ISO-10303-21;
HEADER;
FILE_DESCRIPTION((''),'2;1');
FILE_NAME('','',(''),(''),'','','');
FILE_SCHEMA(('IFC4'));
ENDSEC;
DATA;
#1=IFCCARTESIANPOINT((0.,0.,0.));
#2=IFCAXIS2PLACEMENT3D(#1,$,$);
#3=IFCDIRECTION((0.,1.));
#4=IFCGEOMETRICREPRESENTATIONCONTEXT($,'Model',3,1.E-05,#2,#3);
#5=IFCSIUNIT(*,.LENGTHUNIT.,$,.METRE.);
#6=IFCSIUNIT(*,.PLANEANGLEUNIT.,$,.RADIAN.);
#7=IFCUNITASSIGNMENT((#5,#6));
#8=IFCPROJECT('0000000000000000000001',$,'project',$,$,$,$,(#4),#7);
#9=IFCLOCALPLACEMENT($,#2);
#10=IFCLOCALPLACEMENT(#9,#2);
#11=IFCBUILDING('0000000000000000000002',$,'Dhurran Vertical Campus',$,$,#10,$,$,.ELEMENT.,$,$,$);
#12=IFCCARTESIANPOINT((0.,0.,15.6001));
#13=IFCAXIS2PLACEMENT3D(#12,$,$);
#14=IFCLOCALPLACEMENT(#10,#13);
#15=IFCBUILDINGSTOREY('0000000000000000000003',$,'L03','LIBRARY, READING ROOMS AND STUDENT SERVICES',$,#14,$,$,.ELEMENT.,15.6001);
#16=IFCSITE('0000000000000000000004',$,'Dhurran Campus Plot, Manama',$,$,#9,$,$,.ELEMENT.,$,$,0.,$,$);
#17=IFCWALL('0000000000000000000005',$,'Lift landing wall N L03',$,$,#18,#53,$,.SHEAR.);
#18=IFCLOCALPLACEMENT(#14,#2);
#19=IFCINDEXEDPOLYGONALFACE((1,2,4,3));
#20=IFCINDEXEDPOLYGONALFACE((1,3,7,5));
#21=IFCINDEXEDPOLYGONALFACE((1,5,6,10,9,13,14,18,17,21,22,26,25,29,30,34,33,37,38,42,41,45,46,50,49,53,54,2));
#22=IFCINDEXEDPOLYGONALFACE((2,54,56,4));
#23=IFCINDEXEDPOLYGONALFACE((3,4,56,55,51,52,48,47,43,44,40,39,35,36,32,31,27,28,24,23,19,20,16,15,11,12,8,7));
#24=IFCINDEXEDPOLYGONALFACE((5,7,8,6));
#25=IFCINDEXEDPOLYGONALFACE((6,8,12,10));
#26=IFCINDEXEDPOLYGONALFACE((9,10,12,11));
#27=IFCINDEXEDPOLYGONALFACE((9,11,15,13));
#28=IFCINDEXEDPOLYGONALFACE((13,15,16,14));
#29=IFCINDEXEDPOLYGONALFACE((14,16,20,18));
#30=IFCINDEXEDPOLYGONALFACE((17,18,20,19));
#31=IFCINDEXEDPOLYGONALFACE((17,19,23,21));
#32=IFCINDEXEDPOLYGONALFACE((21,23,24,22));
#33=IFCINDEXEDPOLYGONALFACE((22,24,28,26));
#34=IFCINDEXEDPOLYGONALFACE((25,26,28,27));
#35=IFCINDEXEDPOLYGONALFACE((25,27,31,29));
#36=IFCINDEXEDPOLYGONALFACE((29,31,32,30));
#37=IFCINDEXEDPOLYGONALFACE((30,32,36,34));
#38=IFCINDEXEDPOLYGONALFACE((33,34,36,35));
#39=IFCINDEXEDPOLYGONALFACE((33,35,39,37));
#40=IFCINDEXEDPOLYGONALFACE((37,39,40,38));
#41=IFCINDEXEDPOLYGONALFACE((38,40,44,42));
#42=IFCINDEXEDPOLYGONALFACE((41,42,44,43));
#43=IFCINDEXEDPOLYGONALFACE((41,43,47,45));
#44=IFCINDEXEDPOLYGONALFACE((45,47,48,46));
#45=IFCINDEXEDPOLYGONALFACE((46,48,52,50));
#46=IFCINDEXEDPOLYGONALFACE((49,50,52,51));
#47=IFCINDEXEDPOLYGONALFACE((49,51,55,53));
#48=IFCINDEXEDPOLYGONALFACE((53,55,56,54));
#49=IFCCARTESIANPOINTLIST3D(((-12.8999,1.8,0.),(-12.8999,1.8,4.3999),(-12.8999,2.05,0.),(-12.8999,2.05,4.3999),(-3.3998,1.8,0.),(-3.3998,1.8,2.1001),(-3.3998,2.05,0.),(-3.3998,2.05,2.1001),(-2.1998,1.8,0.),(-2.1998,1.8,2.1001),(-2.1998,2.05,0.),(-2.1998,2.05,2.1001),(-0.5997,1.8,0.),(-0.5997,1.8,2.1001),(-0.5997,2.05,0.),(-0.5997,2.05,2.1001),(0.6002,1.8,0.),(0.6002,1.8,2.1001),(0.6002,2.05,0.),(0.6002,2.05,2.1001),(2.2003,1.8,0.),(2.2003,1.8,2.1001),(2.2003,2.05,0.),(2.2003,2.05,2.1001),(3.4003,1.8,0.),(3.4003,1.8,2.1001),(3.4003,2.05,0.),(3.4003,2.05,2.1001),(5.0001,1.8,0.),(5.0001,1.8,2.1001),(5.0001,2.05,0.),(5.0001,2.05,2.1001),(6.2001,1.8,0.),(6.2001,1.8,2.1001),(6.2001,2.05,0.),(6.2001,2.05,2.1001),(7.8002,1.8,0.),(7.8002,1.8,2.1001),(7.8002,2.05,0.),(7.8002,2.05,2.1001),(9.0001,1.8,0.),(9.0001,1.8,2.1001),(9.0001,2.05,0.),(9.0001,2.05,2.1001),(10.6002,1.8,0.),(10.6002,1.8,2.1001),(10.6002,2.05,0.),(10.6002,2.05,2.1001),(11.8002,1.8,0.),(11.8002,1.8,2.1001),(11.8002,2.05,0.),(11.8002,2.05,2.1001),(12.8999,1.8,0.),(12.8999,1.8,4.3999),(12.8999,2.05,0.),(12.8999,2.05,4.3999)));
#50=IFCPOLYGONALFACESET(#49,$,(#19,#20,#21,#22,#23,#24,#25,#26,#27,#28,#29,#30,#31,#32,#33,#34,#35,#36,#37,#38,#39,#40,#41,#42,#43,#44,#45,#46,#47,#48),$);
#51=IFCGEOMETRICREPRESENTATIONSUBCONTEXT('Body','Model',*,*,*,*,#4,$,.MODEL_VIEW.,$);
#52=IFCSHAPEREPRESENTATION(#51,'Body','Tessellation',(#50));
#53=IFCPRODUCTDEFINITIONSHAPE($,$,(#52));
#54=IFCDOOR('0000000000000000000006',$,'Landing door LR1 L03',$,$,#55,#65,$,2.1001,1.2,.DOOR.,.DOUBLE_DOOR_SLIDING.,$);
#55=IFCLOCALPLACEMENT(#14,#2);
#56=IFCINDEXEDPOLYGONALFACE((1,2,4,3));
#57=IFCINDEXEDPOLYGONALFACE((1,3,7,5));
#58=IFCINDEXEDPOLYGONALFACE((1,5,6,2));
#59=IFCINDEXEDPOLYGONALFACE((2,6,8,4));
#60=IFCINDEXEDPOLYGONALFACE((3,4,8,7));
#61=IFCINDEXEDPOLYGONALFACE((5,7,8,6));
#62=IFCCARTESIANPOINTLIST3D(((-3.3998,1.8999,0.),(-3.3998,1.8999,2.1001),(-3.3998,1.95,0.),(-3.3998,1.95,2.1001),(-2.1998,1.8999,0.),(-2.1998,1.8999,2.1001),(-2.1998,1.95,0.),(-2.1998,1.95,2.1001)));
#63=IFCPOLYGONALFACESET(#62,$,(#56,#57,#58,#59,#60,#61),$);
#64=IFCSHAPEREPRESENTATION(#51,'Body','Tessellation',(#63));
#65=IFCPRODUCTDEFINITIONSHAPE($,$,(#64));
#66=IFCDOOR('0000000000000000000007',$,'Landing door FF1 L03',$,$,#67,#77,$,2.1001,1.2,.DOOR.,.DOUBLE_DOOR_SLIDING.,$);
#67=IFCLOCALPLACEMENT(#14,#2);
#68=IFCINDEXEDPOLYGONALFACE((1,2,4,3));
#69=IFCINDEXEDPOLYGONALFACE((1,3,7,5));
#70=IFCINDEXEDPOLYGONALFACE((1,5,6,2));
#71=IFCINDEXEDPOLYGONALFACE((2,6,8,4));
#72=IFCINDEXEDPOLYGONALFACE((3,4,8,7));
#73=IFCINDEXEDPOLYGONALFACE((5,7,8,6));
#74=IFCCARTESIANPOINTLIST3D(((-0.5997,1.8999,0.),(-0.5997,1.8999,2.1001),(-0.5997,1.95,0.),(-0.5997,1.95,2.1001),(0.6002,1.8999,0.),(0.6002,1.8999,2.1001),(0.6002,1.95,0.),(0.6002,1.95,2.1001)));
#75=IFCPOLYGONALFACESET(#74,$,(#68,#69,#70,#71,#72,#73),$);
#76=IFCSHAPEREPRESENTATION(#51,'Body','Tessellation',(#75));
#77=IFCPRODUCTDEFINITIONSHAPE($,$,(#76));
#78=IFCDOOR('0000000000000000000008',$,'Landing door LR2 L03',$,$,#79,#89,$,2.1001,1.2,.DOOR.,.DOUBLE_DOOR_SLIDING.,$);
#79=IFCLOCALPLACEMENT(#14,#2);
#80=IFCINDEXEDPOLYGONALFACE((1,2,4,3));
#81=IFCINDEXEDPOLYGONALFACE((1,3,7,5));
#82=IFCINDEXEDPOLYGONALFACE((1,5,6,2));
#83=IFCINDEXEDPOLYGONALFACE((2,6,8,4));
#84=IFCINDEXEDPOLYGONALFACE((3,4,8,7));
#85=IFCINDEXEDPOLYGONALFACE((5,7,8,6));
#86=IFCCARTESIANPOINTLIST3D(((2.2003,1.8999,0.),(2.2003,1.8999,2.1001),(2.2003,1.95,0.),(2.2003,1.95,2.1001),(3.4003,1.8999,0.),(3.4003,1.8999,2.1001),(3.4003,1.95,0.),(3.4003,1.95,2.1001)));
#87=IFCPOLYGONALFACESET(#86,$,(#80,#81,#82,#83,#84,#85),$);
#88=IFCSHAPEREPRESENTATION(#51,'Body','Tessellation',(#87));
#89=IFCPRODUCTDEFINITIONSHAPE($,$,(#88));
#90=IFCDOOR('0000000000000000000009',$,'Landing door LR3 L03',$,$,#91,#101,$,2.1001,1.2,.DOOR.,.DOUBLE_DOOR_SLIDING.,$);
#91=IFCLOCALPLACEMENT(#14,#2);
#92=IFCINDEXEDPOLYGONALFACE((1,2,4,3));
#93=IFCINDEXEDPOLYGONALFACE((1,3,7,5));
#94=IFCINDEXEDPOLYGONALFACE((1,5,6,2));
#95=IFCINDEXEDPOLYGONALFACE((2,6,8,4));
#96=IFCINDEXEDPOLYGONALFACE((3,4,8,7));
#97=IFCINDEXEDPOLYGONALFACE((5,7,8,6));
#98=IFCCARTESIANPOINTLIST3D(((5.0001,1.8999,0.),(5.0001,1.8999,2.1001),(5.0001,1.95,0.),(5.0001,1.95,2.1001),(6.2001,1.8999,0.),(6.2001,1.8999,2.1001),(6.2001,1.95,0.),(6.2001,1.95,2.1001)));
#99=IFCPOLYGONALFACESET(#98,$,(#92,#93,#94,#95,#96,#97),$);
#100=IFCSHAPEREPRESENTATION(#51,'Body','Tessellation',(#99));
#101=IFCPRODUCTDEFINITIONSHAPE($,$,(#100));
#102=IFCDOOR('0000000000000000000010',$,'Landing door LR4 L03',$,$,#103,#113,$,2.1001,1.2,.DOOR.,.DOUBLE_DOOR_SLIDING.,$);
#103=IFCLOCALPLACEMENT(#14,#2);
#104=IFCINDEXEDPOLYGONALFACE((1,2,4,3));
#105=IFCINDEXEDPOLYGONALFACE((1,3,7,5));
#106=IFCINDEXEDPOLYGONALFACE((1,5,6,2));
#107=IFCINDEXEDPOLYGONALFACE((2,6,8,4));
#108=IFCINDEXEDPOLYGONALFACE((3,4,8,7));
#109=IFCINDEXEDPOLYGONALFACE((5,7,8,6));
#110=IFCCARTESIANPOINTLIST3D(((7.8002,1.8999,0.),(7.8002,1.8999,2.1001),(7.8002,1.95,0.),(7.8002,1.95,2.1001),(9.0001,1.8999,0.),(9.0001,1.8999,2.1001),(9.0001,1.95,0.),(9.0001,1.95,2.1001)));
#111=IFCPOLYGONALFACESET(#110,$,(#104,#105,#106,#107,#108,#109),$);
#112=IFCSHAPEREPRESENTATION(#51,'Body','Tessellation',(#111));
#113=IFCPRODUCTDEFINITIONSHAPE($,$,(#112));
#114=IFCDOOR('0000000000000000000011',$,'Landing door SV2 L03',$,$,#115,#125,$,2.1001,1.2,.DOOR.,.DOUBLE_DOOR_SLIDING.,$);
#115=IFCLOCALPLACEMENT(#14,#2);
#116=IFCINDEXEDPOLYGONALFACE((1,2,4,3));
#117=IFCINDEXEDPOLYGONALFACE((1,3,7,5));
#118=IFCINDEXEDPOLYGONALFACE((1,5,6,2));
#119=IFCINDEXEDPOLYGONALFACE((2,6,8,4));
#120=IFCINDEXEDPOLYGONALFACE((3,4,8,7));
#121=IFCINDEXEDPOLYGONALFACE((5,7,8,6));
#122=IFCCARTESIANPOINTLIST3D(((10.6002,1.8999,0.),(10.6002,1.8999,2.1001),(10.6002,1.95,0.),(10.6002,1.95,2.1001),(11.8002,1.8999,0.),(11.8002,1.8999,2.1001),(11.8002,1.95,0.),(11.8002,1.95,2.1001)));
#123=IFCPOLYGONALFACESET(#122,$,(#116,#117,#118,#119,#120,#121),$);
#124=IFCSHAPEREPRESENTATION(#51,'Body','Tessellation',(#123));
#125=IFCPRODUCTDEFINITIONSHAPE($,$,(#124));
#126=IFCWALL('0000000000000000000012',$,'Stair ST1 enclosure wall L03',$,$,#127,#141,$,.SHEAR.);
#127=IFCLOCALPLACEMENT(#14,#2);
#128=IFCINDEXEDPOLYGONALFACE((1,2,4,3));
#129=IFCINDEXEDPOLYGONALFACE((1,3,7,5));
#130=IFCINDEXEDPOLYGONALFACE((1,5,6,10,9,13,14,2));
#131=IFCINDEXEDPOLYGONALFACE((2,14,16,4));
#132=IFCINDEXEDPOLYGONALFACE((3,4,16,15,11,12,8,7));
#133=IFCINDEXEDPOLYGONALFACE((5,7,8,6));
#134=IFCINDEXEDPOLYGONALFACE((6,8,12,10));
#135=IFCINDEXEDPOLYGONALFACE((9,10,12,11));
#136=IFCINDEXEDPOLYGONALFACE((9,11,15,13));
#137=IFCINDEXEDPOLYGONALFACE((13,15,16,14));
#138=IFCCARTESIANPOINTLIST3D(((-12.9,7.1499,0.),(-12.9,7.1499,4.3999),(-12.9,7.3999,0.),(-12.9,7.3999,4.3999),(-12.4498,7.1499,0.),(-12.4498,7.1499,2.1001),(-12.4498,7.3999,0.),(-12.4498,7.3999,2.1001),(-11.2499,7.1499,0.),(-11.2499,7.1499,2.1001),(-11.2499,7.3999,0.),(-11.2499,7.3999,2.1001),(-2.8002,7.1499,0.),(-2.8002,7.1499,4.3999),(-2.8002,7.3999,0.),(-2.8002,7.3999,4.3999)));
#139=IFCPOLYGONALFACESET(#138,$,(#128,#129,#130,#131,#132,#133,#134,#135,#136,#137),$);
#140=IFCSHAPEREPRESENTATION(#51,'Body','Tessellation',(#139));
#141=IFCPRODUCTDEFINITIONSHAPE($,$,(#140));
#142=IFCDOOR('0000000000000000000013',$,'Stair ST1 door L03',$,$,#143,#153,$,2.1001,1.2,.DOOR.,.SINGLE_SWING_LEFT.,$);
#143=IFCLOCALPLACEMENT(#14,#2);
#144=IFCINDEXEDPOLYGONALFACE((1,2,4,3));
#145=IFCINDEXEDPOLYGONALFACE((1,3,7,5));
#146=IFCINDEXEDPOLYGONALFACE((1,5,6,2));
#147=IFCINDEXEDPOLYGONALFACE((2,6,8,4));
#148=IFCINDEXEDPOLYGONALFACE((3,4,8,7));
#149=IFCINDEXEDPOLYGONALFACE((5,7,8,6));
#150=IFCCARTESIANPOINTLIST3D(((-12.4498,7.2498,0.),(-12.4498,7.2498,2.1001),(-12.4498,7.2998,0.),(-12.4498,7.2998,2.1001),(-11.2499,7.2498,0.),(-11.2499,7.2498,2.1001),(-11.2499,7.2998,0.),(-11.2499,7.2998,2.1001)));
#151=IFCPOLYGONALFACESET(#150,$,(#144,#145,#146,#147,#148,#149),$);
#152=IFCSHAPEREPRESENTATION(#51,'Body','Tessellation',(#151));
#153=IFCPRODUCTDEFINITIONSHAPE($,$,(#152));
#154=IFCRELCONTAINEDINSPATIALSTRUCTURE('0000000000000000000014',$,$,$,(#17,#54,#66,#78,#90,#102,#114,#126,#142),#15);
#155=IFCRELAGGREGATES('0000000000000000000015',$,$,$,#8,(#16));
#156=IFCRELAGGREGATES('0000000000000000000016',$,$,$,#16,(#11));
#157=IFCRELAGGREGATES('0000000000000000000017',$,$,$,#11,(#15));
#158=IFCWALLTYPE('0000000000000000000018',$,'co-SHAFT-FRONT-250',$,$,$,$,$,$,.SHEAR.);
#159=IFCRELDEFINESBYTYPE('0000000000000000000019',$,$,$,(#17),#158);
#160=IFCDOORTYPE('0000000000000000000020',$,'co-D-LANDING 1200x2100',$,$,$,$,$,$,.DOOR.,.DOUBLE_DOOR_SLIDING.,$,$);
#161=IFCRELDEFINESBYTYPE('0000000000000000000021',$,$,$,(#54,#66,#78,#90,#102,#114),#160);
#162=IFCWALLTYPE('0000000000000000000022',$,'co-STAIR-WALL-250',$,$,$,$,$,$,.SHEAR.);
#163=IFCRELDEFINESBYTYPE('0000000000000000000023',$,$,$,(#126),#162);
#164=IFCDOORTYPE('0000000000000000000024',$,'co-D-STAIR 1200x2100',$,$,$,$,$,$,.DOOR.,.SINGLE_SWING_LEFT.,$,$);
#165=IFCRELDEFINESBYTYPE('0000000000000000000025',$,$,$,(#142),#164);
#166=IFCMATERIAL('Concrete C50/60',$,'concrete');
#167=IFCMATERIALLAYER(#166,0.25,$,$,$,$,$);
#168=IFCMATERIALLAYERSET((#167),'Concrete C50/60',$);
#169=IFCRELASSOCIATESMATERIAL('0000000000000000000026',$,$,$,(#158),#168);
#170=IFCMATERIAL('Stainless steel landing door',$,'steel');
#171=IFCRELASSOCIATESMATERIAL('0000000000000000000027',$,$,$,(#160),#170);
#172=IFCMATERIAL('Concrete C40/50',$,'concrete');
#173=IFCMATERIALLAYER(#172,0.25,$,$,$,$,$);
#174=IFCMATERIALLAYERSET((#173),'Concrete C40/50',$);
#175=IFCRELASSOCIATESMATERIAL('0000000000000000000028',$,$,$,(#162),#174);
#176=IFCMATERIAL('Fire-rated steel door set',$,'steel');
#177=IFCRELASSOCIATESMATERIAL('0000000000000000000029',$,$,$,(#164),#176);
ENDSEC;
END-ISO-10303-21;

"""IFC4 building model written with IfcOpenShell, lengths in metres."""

from ifc_helpers import new_model, si_unit, direction, frame, frame_2d, origin, place, context, subcontext, project, spatial, rectangle, extrude, material, layer, layer_set, type_object, element, fill, save


model = new_model("IFC4")

# Units and contexts
model_context = context("Model", 3, precision=1e-05, world=origin(), true_north=direction((0.0, 1.0)))
body_context = subcontext(model_context, "Body", "Model", "MODEL_VIEW")
ifc_project = project(units=[si_unit("LENGTHUNIT", "METRE"), si_unit("PLANEANGLEUNIT", "RADIAN")], contexts=[model_context])

# Site, building, storey
site_placement = place(None, origin())
site = spatial("IfcSite", under=ifc_project, at=site_placement, Name="Dhurran Campus Plot, Manama", CompositionType="ELEMENT", RefElevation=0.0)
building_placement = place(site_placement, origin())
building = spatial("IfcBuilding", under=site, at=building_placement, Name="Dhurran Vertical Campus", CompositionType="ELEMENT")
storey_placement = place(building_placement, frame((0.0, 0.0, 15.6001)))
storey = spatial("IfcBuildingStorey", under=building, at=storey_placement, Name="L03", Description="LIBRARY, READING ROOMS AND STUDENT SERVICES", CompositionType="ELEMENT", Elevation=15.6001)

# Wall, openings, doors
ifc_material_1 = material(Name="Concrete C50/60", Category="concrete")
ifc_layer_1 = layer(ifc_material_1, 0.25)
ifc_layer_set_1 = layer_set([ifc_layer_1], Name="Concrete C50/60")
wall_type_1 = type_object("IfcWallType", Name="co-SHAFT-FRONT-250", PredefinedType="SHEAR", material=ifc_layer_set_1)
wall_1_placement = place(storey_placement, frame((-12.8999, 1.925, 0.0), z_axis=(0.0, 0.0, 1.0), x_axis=(1.0, 0.0, 0.0)))
wall_1 = element("IfcWall", 1, at=wall_1_placement, inside=storey, type_object=wall_type_1, Name="Lift landing wall N L03", PredefinedType="SHEAR", context=body_context, shape_type="SweptSolid", body=[
    extrude(rectangle(XDim=25.7998, YDim=0.25, at=frame_2d((12.8999, 0.0))), origin(), (0.0, 0.0, 1.0), 4.3999),
])
opening_1_placement = place(wall_1_placement, frame((9.5, 0.0, 0.0)))
opening_1 = element("IfcOpeningElement", 2, at=opening_1_placement, cuts=wall_1, PredefinedType="OPENING", context=body_context, shape_type="SweptSolid", body=[
    extrude(rectangle(XDim=1.2, YDim=2.1001, at=frame_2d((0.6001, 1.05))), frame((0.0, 0.135, 0.0), z_axis=(0.0, -1.0, 0.0), x_axis=(1.0, 0.0, 0.0)), (0.0, 0.0, 1.0), 0.27),
])
opening_2_placement = place(wall_1_placement, frame((12.3, 0.0, 0.0)))
opening_2 = element("IfcOpeningElement", 3, at=opening_2_placement, cuts=wall_1, PredefinedType="OPENING", context=body_context, shape_type="SweptSolid", body=[
    extrude(rectangle(XDim=1.2, YDim=2.1001, at=frame_2d((0.6001, 1.05))), frame((0.0, 0.135, 0.0), z_axis=(0.0, -1.0, 0.0), x_axis=(1.0, 0.0, 0.0)), (0.0, 0.0, 1.0), 0.27),
])
opening_3_placement = place(wall_1_placement, frame((15.1001, 0.0, 0.0)))
opening_3 = element("IfcOpeningElement", 4, at=opening_3_placement, cuts=wall_1, PredefinedType="OPENING", context=body_context, shape_type="SweptSolid", body=[
    extrude(rectangle(XDim=1.2, YDim=2.1001, at=frame_2d((0.6001, 1.05))), frame((0.0, 0.135, 0.0), z_axis=(0.0, -1.0, 0.0), x_axis=(1.0, 0.0, 0.0)), (0.0, 0.0, 1.0), 0.27),
])
opening_4_placement = place(wall_1_placement, frame((17.8999, 0.0, 0.0)))
opening_4 = element("IfcOpeningElement", 5, at=opening_4_placement, cuts=wall_1, PredefinedType="OPENING", context=body_context, shape_type="SweptSolid", body=[
    extrude(rectangle(XDim=1.2, YDim=2.1001, at=frame_2d((0.6001, 1.05))), frame((0.0, 0.135, 0.0), z_axis=(0.0, -1.0, 0.0), x_axis=(1.0, 0.0, 0.0)), (0.0, 0.0, 1.0), 0.27),
])
opening_5_placement = place(wall_1_placement, frame((20.7, 0.0, 0.0)))
opening_5 = element("IfcOpeningElement", 6, at=opening_5_placement, cuts=wall_1, PredefinedType="OPENING", context=body_context, shape_type="SweptSolid", body=[
    extrude(rectangle(XDim=1.2, YDim=2.1001, at=frame_2d((0.6001, 1.05))), frame((0.0, 0.135, 0.0), z_axis=(0.0, -1.0, 0.0), x_axis=(1.0, 0.0, 0.0)), (0.0, 0.0, 1.0), 0.27),
])
opening_6_placement = place(wall_1_placement, frame((23.5, 0.0, 0.0)))
opening_6 = element("IfcOpeningElement", 7, at=opening_6_placement, cuts=wall_1, PredefinedType="OPENING", context=body_context, shape_type="SweptSolid", body=[
    extrude(rectangle(XDim=1.2, YDim=2.1001, at=frame_2d((0.6001, 1.05))), frame((0.0, 0.135, 0.0), z_axis=(0.0, -1.0, 0.0), x_axis=(1.0, 0.0, 0.0)), (0.0, 0.0, 1.0), 0.27),
])
ifc_material_2 = material(Name="Stainless steel landing door", Category="steel")
door_type_1 = type_object("IfcDoorType", Name="co-D-LANDING 1200x2100", OperationType="DOUBLE_DOOR_SLIDING", PredefinedType="DOOR", material=ifc_material_2)
door_1_placement = place(opening_1_placement, origin())
door_1 = element("IfcDoor", 8, at=door_1_placement, inside=storey, type_object=door_type_1, Name="Landing door LR1 L03", OperationType="DOUBLE_DOOR_SLIDING", OverallHeight=2.1001, OverallWidth=1.2, PredefinedType="DOOR", context=body_context, shape_type="SweptSolid", body=[
    extrude(rectangle(XDim=1.2, YDim=2.1001, at=frame_2d((0.6001, 1.05))), frame((0.0, 0.0249, 0.0), z_axis=(0.0, -1.0, 0.0), x_axis=(1.0, 0.0, 0.0)), (0.0, 0.0, 1.0), 0.05),
])
fill(opening_1, door_1)
door_2_placement = place(opening_2_placement, origin())
door_2 = element("IfcDoor", 9, at=door_2_placement, inside=storey, type_object=door_type_1, Name="Landing door FF1 L03", OperationType="DOUBLE_DOOR_SLIDING", OverallHeight=2.1001, OverallWidth=1.2, PredefinedType="DOOR", context=body_context, shape_type="SweptSolid", body=[
    extrude(rectangle(XDim=1.2, YDim=2.1001, at=frame_2d((0.6001, 1.05))), frame((0.0, 0.0249, 0.0), z_axis=(0.0, -1.0, 0.0), x_axis=(1.0, 0.0, 0.0)), (0.0, 0.0, 1.0), 0.05),
])
fill(opening_2, door_2)
door_3_placement = place(opening_3_placement, origin())
door_3 = element("IfcDoor", 10, at=door_3_placement, inside=storey, type_object=door_type_1, Name="Landing door LR2 L03", OperationType="DOUBLE_DOOR_SLIDING", OverallHeight=2.1001, OverallWidth=1.2, PredefinedType="DOOR", context=body_context, shape_type="SweptSolid", body=[
    extrude(rectangle(XDim=1.2, YDim=2.1001, at=frame_2d((0.6001, 1.05))), frame((0.0, 0.0249, 0.0), z_axis=(0.0, -1.0, 0.0), x_axis=(1.0, 0.0, 0.0)), (0.0, 0.0, 1.0), 0.05),
])
fill(opening_3, door_3)
door_4_placement = place(opening_4_placement, origin())
door_4 = element("IfcDoor", 11, at=door_4_placement, inside=storey, type_object=door_type_1, Name="Landing door LR3 L03", OperationType="DOUBLE_DOOR_SLIDING", OverallHeight=2.1001, OverallWidth=1.2, PredefinedType="DOOR", context=body_context, shape_type="SweptSolid", body=[
    extrude(rectangle(XDim=1.2, YDim=2.1001, at=frame_2d((0.6001, 1.05))), frame((0.0, 0.0249, 0.0), z_axis=(0.0, -1.0, 0.0), x_axis=(1.0, 0.0, 0.0)), (0.0, 0.0, 1.0), 0.05),
])
fill(opening_4, door_4)
door_5_placement = place(opening_5_placement, origin())
door_5 = element("IfcDoor", 12, at=door_5_placement, inside=storey, type_object=door_type_1, Name="Landing door LR4 L03", OperationType="DOUBLE_DOOR_SLIDING", OverallHeight=2.1001, OverallWidth=1.2, PredefinedType="DOOR", context=body_context, shape_type="SweptSolid", body=[
    extrude(rectangle(XDim=1.2, YDim=2.1001, at=frame_2d((0.6001, 1.05))), frame((0.0, 0.0249, 0.0), z_axis=(0.0, -1.0, 0.0), x_axis=(1.0, 0.0, 0.0)), (0.0, 0.0, 1.0), 0.05),
])
fill(opening_5, door_5)
door_6_placement = place(opening_6_placement, origin())
door_6 = element("IfcDoor", 13, at=door_6_placement, inside=storey, type_object=door_type_1, Name="Landing door SV2 L03", OperationType="DOUBLE_DOOR_SLIDING", OverallHeight=2.1001, OverallWidth=1.2, PredefinedType="DOOR", context=body_context, shape_type="SweptSolid", body=[
    extrude(rectangle(XDim=1.2, YDim=2.1001, at=frame_2d((0.6001, 1.05))), frame((0.0, 0.0249, 0.0), z_axis=(0.0, -1.0, 0.0), x_axis=(1.0, 0.0, 0.0)), (0.0, 0.0, 1.0), 0.05),
])
fill(opening_6, door_6)

# Wall, opening, door
ifc_material_3 = material(Name="Concrete C40/50", Category="concrete")
ifc_layer_2 = layer(ifc_material_3, 0.25)
ifc_layer_set_2 = layer_set([ifc_layer_2], Name="Concrete C40/50")
wall_type_2 = type_object("IfcWallType", Name="co-STAIR-WALL-250", PredefinedType="SHEAR", material=ifc_layer_set_2)
wall_2_placement = place(storey_placement, frame((-12.8999, 7.2749, 0.0), z_axis=(0.0, 0.0, 1.0), x_axis=(1.0, 0.0, 0.0)))
wall_2 = element("IfcWall", 14, at=wall_2_placement, inside=storey, type_object=wall_type_2, Name="Stair ST1 enclosure wall L03", PredefinedType="SHEAR", context=body_context, shape_type="SweptSolid", body=[
    extrude(rectangle(XDim=10.0999, YDim=0.25, at=frame_2d((5.0498, 0.0))), origin(), (0.0, 0.0, 1.0), 4.3999),
])
opening_7_placement = place(wall_2_placement, frame((0.45, 0.0, 0.0)))
opening_7 = element("IfcOpeningElement", 15, at=opening_7_placement, cuts=wall_2, PredefinedType="OPENING", context=body_context, shape_type="SweptSolid", body=[
    extrude(rectangle(XDim=1.2, YDim=2.1001, at=frame_2d((0.6001, 1.05))), frame((0.0, 0.135, 0.0), z_axis=(0.0, -1.0, 0.0), x_axis=(1.0, 0.0, 0.0)), (0.0, 0.0, 1.0), 0.27),
])
ifc_material_4 = material(Name="Fire-rated steel door set", Category="steel")
door_type_2 = type_object("IfcDoorType", Name="co-D-STAIR 1200x2100", OperationType="SINGLE_SWING_LEFT", PredefinedType="DOOR", material=ifc_material_4)
door_7_placement = place(opening_7_placement, origin())
door_7 = element("IfcDoor", 16, at=door_7_placement, inside=storey, type_object=door_type_2, Name="Stair ST1 door L03", OperationType="SINGLE_SWING_LEFT", OverallHeight=2.1001, OverallWidth=1.2, PredefinedType="DOOR", context=body_context, shape_type="SweptSolid", body=[
    extrude(rectangle(XDim=1.2, YDim=2.1001, at=frame_2d((0.6001, 1.05))), frame((0.0, 0.0249, 0.0), z_axis=(0.0, -1.0, 0.0), x_axis=(1.0, 0.0, 0.0)), (0.0, 0.0, 1.0), 0.05),
])
fill(opening_7, door_7)

save(model, "model.ifc")
